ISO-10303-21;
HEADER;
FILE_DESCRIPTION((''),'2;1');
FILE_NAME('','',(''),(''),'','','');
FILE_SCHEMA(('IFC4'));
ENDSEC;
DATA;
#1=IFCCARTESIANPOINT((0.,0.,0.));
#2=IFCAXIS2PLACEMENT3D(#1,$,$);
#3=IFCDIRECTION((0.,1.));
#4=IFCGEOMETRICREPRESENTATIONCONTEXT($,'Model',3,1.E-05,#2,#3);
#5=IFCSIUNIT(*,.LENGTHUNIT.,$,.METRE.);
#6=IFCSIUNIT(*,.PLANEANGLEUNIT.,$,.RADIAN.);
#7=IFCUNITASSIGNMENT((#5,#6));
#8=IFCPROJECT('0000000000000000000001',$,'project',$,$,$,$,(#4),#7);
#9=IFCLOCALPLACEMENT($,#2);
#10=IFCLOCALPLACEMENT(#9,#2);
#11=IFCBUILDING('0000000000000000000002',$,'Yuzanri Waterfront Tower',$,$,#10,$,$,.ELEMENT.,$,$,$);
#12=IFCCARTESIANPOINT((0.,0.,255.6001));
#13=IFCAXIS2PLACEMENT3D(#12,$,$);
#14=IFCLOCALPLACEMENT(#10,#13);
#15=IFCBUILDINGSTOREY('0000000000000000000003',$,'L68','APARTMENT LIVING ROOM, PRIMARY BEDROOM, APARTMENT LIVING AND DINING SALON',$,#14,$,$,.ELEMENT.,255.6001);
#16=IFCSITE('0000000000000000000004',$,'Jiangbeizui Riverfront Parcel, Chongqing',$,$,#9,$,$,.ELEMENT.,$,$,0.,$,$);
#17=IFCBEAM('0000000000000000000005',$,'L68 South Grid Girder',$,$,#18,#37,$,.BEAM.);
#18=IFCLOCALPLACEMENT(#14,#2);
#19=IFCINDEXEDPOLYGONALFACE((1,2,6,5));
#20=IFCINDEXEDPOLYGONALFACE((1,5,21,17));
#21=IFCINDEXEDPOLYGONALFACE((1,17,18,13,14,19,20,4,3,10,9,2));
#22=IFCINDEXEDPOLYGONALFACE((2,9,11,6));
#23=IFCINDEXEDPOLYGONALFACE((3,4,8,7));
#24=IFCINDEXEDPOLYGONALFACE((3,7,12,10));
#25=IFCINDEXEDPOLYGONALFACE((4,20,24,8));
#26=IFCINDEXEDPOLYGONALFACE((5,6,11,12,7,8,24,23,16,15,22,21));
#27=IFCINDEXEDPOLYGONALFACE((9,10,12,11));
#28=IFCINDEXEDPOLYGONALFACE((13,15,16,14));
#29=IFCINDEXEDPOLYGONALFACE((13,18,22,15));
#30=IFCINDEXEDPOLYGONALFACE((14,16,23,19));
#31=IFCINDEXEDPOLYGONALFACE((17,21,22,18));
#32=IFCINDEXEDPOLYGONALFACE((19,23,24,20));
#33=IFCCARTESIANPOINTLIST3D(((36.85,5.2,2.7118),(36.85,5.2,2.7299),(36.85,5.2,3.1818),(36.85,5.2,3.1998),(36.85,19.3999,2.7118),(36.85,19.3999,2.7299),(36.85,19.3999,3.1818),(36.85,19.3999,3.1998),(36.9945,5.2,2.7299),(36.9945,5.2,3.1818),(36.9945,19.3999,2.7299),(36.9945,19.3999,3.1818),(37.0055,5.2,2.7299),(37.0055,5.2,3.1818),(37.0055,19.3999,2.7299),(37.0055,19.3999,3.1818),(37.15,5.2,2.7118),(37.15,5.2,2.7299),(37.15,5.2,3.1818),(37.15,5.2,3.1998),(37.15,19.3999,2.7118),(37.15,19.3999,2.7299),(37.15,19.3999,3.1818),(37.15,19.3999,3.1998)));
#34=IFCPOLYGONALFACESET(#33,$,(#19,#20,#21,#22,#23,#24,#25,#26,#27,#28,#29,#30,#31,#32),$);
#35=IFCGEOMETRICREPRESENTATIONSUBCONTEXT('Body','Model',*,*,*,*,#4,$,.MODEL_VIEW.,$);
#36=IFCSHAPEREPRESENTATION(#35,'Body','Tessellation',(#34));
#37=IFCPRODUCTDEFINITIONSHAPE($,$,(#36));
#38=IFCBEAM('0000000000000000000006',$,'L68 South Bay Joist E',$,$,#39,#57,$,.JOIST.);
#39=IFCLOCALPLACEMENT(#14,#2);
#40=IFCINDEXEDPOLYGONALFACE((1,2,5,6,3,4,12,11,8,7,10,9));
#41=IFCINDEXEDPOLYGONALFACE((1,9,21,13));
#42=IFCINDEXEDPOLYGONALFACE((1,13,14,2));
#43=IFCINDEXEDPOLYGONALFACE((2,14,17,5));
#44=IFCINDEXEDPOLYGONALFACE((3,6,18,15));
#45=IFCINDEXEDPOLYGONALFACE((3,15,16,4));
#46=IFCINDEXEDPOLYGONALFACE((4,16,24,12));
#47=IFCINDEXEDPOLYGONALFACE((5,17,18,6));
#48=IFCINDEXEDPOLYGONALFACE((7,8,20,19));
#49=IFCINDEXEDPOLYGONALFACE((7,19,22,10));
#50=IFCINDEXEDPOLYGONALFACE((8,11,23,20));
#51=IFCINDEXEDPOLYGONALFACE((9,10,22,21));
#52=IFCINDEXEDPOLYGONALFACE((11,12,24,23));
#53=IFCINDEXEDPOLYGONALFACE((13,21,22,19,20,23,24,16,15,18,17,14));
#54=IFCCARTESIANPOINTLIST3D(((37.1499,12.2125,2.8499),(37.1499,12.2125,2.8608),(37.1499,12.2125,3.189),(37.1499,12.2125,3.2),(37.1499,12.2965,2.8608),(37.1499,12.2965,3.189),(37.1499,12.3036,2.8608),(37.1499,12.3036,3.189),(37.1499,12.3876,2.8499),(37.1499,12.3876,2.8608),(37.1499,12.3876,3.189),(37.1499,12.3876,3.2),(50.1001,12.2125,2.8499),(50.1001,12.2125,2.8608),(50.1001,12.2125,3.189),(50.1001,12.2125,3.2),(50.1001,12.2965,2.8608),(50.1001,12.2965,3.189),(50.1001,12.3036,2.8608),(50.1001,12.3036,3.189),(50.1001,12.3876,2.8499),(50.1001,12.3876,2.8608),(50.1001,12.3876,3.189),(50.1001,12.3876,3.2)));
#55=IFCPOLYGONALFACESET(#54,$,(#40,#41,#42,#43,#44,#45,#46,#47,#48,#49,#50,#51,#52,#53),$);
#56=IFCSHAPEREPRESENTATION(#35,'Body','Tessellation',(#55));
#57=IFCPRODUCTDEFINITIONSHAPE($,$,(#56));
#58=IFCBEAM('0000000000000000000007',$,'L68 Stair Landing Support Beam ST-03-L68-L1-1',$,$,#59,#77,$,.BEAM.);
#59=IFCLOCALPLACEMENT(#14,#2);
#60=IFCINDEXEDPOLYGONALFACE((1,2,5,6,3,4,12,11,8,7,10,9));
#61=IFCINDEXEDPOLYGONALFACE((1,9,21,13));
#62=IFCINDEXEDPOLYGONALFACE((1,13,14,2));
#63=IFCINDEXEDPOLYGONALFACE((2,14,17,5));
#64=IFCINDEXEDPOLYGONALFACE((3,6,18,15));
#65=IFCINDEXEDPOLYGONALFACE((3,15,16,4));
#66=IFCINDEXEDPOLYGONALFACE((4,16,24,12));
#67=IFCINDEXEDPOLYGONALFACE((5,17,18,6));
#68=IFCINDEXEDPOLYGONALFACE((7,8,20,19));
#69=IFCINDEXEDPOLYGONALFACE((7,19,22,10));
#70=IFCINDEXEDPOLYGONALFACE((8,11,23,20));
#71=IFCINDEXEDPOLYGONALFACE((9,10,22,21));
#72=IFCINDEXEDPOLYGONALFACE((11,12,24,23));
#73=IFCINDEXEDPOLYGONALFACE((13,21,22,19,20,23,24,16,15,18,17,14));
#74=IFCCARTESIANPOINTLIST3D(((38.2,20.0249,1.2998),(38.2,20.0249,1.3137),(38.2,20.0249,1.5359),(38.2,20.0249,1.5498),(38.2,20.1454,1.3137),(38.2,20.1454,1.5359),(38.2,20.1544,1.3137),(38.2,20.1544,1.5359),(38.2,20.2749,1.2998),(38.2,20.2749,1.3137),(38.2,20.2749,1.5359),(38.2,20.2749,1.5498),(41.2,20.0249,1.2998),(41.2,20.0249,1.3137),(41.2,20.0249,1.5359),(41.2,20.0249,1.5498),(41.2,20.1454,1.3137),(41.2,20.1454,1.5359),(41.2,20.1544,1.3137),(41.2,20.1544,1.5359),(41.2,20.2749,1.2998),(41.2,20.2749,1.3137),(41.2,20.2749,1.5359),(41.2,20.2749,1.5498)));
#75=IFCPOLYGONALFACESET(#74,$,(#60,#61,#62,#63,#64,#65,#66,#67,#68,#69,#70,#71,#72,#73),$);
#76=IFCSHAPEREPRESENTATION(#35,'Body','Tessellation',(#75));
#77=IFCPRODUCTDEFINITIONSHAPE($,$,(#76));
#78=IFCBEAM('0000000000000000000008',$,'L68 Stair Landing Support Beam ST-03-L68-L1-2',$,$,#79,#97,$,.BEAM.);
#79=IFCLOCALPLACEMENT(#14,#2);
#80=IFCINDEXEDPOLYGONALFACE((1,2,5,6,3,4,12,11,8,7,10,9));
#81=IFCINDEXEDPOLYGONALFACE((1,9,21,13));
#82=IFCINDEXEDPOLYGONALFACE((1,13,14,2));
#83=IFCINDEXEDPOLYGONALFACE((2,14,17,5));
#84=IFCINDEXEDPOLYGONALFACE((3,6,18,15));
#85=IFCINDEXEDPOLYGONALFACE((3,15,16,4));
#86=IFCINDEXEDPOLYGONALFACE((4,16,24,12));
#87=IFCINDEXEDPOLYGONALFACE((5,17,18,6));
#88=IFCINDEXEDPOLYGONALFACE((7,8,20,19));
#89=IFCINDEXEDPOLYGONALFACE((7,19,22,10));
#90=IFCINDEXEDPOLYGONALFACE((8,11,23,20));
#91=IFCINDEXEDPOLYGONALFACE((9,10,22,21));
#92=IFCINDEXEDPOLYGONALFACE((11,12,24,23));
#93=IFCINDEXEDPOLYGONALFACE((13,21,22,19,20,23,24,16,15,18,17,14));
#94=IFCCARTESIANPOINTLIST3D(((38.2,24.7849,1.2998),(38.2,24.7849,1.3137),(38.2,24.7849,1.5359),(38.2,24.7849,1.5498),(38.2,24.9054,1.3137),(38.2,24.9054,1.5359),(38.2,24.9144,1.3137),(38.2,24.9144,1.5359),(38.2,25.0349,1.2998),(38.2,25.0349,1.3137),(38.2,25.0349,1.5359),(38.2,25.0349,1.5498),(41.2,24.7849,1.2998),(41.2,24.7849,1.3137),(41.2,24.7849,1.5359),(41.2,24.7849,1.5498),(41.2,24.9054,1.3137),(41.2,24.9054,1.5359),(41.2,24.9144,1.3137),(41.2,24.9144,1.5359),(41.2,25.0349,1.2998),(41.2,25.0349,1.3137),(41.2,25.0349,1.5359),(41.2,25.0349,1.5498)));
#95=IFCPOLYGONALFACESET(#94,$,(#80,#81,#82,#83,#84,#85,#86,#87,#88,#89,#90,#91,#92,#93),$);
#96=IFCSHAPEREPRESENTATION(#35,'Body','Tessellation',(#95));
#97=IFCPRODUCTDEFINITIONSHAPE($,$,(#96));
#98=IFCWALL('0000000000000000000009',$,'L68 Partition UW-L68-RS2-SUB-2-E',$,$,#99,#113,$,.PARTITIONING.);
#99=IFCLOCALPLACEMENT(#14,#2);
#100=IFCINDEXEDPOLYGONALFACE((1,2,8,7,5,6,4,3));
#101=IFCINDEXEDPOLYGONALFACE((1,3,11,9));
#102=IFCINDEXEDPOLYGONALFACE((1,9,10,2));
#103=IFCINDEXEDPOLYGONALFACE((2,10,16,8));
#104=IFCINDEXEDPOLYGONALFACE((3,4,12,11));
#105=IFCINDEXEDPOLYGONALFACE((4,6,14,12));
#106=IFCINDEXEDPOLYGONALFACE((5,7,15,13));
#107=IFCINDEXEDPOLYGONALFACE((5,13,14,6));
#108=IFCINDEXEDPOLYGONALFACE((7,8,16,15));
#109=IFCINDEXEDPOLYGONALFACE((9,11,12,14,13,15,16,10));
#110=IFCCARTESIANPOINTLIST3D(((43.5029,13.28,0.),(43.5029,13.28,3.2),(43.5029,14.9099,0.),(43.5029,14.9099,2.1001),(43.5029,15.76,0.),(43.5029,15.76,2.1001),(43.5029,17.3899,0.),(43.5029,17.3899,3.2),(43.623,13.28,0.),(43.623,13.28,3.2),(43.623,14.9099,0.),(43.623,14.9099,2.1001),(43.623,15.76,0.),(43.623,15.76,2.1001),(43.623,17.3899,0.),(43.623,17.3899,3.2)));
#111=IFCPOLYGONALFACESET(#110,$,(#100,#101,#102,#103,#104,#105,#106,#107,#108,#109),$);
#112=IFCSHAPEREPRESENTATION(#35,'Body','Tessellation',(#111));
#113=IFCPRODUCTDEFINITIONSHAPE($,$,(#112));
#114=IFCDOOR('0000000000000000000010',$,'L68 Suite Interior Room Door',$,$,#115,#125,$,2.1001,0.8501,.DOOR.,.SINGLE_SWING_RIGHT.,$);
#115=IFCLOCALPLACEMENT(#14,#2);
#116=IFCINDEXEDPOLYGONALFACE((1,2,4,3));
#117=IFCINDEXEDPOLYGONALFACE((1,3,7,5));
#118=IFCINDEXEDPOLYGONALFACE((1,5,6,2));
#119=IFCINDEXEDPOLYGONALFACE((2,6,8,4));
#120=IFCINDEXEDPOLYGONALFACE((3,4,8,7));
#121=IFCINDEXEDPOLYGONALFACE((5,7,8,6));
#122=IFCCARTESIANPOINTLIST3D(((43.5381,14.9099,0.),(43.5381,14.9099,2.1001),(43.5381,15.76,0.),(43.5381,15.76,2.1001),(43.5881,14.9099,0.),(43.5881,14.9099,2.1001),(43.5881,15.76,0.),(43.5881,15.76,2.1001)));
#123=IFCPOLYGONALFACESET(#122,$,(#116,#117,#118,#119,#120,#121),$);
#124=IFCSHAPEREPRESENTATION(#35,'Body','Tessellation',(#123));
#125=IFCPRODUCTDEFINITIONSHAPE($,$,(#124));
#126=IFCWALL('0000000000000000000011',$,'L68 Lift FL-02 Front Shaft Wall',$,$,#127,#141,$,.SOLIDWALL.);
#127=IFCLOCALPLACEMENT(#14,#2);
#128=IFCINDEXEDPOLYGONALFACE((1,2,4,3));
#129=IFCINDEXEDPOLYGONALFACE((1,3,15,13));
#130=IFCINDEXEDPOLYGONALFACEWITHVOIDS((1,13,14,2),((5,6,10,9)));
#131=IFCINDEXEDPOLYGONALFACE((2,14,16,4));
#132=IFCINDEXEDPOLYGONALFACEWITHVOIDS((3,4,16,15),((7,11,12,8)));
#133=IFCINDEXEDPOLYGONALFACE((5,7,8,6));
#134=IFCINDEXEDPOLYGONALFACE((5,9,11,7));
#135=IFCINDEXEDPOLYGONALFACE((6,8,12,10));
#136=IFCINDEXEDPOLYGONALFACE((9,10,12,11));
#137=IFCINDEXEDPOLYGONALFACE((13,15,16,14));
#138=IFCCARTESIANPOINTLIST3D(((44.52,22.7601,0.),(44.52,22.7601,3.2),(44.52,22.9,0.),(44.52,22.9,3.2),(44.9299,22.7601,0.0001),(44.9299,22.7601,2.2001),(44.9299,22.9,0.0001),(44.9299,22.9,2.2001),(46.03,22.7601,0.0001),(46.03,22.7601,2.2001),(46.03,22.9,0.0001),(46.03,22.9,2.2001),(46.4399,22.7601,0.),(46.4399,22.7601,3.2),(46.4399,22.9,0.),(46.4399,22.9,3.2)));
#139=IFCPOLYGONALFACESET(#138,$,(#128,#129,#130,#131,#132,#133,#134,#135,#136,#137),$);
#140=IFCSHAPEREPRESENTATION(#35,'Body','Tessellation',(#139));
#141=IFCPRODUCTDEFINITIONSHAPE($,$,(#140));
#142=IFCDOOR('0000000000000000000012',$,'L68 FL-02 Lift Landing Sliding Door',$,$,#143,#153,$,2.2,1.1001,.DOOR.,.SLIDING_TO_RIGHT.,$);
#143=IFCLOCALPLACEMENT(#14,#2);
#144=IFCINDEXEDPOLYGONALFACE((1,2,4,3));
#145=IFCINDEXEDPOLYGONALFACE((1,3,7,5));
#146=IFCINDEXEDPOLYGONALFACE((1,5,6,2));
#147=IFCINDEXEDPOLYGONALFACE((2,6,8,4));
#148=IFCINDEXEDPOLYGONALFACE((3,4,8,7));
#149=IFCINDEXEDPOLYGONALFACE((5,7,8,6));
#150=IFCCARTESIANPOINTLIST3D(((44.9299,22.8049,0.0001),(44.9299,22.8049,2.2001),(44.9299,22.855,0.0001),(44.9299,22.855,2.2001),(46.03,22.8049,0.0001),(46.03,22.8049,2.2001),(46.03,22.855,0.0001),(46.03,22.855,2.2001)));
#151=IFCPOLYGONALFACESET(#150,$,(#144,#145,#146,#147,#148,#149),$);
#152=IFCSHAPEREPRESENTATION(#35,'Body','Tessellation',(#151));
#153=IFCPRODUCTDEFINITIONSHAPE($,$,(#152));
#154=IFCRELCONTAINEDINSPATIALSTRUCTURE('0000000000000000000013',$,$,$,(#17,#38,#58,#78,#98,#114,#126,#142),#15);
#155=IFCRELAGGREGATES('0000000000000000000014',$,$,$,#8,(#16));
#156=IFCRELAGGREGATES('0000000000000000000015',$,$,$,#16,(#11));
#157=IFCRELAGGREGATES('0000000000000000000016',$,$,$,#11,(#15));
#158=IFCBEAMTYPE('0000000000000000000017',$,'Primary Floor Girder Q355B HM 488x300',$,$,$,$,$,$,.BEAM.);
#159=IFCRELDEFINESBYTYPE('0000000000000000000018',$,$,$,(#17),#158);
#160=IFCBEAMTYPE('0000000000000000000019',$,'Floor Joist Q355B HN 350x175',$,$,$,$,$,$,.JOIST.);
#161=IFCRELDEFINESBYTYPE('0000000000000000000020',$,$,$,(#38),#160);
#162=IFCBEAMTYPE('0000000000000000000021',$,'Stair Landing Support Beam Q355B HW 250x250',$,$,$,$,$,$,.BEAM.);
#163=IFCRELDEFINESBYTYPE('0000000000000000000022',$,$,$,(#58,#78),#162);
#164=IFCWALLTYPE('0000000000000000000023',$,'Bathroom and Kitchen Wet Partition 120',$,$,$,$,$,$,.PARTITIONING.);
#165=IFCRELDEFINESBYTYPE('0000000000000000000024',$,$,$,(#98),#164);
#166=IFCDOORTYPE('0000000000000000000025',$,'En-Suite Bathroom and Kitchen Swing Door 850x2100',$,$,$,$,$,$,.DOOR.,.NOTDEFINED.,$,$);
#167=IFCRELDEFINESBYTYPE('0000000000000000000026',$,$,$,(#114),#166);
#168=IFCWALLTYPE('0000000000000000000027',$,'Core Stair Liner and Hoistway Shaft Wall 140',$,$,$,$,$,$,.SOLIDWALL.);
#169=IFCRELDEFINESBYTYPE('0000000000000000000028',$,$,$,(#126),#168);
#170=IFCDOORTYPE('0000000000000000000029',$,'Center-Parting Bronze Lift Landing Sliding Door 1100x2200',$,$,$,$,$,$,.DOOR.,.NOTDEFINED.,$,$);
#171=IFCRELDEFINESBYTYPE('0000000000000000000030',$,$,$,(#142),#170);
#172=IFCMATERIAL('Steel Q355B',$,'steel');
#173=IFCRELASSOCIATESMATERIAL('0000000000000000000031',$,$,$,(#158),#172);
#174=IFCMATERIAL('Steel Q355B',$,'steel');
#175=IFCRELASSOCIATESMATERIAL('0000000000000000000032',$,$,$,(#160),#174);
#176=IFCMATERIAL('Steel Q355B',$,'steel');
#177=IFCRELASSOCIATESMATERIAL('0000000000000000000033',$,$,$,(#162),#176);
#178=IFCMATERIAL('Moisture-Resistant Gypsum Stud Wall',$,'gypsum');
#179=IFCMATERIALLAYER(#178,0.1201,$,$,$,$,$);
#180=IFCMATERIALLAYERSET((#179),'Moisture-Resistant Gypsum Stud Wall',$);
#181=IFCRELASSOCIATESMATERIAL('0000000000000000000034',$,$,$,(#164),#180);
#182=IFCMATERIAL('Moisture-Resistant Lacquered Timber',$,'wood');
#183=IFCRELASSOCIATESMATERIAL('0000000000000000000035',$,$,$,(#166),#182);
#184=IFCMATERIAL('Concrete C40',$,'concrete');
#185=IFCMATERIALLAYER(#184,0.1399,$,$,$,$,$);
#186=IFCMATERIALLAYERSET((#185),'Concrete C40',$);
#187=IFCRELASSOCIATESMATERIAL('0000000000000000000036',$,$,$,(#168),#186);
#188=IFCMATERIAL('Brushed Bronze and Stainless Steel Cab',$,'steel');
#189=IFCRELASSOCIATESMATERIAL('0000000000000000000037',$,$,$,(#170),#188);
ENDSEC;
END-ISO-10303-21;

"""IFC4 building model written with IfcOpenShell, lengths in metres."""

from ifc_helpers import new_model, si_unit, direction, frame, frame_2d, origin, origin_2d, place, context, subcontext, project, spatial, rectangle, i_section, extrude, source, transform, mapped, material, layer, layer_set, material_profile, profile_set, type_object, element, fill, save


model = new_model("IFC4")

# Units and contexts
model_context = context("Model", 3, precision=1e-05, world=origin(), true_north=direction((0.0, 1.0)))
body_context = subcontext(model_context, "Body", "Model", "MODEL_VIEW")
ifc_project = project(units=[si_unit("LENGTHUNIT", "METRE"), si_unit("PLANEANGLEUNIT", "RADIAN")], contexts=[model_context])

# Site, building, storey
site_placement = place(None, origin())
site = spatial("IfcSite", under=ifc_project, at=site_placement, Name="Jiangbeizui Riverfront Parcel, Chongqing", CompositionType="ELEMENT", RefElevation=0.0)
building_placement = place(site_placement, origin())
building = spatial("IfcBuilding", under=site, at=building_placement, Name="Yuzanri Waterfront Tower", CompositionType="ELEMENT")
storey_placement = place(building_placement, frame((0.0, 0.0, 255.6001)))
storey = spatial("IfcBuildingStorey", under=building, at=storey_placement, Name="L68", Description="APARTMENT LIVING ROOM, PRIMARY BEDROOM, APARTMENT LIVING AND DINING SALON", CompositionType="ELEMENT", Elevation=255.6001)

# Beams
ifc_material_1 = material(Name="Steel Q355B", Category="steel")
ifc_material_profile_1 = material_profile(ifc_material_1, i_section(OverallWidth=0.3, OverallDepth=0.488, WebThickness=0.011, FlangeThickness=0.0181, at=origin_2d()), Name="HM 488x300x11x18")
ifc_profile_set_1 = profile_set([ifc_material_profile_1], Name="Steel Q355B")
beam_type_1 = type_object("IfcBeamType", Name="Primary Floor Girder Q355B HM 488x300", PredefinedType="BEAM", material=ifc_profile_set_1)
shared_shape_1 = source(origin(), body_context, "Body", "SweptSolid", [
    extrude(i_section(OverallWidth=0.3, OverallDepth=0.488, WebThickness=0.011, FlangeThickness=0.0181, at=origin_2d()), origin(), (0.0, 0.0, 1.0), 14.2),
])
beam_1_placement = place(storey_placement, frame((37.0, 19.3999, 2.9558), z_axis=(0.0, -1.0, 0.0), x_axis=(1.0, 0.0, 0.0)))
element("IfcBeam", 1, at=beam_1_placement, inside=storey, type_object=beam_type_1, Name="L68 South Grid Girder", PredefinedType="BEAM", context=body_context, shape_type="MappedRepresentation", body=[
    mapped(shared_shape_1, transform((0.0, 0.0, 0.0), scale=1.0)),
])
ifc_material_2 = material(Name="Steel Q355B", Category="steel")
ifc_material_profile_2 = material_profile(ifc_material_2, i_section(OverallWidth=0.175, OverallDepth=0.3501, WebThickness=0.0071, FlangeThickness=0.011, at=origin_2d()), Name="HN 350x175x7x11")
ifc_profile_set_2 = profile_set([ifc_material_profile_2], Name="Steel Q355B")
beam_type_2 = type_object("IfcBeamType", Name="Floor Joist Q355B HN 350x175", PredefinedType="JOIST", material=ifc_profile_set_2)
shared_shape_2 = source(origin(), body_context, "Body", "SweptSolid", [
    extrude(i_section(OverallWidth=0.175, OverallDepth=0.3501, WebThickness=0.0071, FlangeThickness=0.011, at=origin_2d()), origin(), (0.0, 0.0, 1.0), 12.9502),
])
beam_2_placement = place(storey_placement, frame((37.1499, 12.3, 3.0249), z_axis=(1.0, 0.0, 0.0), x_axis=(0.0, 1.0, 0.0)))
element("IfcBeam", 2, at=beam_2_placement, inside=storey, type_object=beam_type_2, Name="L68 South Bay Joist E", PredefinedType="JOIST", context=body_context, shape_type="MappedRepresentation", body=[
    mapped(shared_shape_2, transform((0.0, 0.0, 0.0), scale=1.0)),
])
ifc_material_3 = material(Name="Steel Q355B", Category="steel")
ifc_material_profile_3 = material_profile(ifc_material_3, i_section(OverallWidth=0.25, OverallDepth=0.25, WebThickness=0.009, FlangeThickness=0.0139, at=origin_2d()), Name="HW 250x250x9x14")
ifc_profile_set_3 = profile_set([ifc_material_profile_3], Name="Steel Q355B")
beam_type_3 = type_object("IfcBeamType", Name="Stair Landing Support Beam Q355B HW 250x250", PredefinedType="BEAM", material=ifc_profile_set_3)
shared_shape_3 = source(origin(), body_context, "Body", "SweptSolid", [
    extrude(i_section(OverallWidth=0.25, OverallDepth=0.25, WebThickness=0.009, FlangeThickness=0.0139, at=origin_2d()), origin(), (0.0, 0.0, 1.0), 3.0),
])
for number, where, z_axis, x_axis, name in (
    (3, (38.2, 20.1499, 1.4248), (1.0, 0.0, 0.0), (0.0, 1.0, 0.0), "L68 Stair Landing Support Beam ST-03-L68-L1-1"),
    (4, (38.2, 24.9099, 1.4248), (1.0, 0.0, 0.0), (0.0, 1.0, 0.0), "L68 Stair Landing Support Beam ST-03-L68-L1-2"),
):
    element("IfcBeam", number, at=place(storey_placement, frame(where, z_axis=z_axis, x_axis=x_axis)), inside=storey, type_object=beam_type_3, Name=name, PredefinedType="BEAM", context=body_context, shape_type="MappedRepresentation", body=[
        mapped(shared_shape_3, transform((0.0, 0.0, 0.0), scale=1.0)),
    ])

# Walls, openings, doors
ifc_material_4 = material(Name="Moisture-Resistant Gypsum Stud Wall", Category="gypsum")
ifc_layer_1 = layer(ifc_material_4, 0.1201)
ifc_layer_set_1 = layer_set([ifc_layer_1], Name="Moisture-Resistant Gypsum Stud Wall")
wall_type_1 = type_object("IfcWallType", Name="Bathroom and Kitchen Wet Partition 120", PredefinedType="PARTITIONING", material=ifc_layer_set_1)
wall_1_placement = place(storey_placement, frame((43.563, 13.28, 0.0), z_axis=(0.0, 0.0, 1.0), x_axis=(0.0, 1.0, 0.0)))
wall_1 = element("IfcWall", 5, at=wall_1_placement, inside=storey, type_object=wall_type_1, Name="L68 Partition UW-L68-RS2-SUB-2-E", PredefinedType="PARTITIONING", context=body_context, shape_type="SweptSolid", body=[
    extrude(rectangle(XDim=4.1099, YDim=0.1201, at=frame_2d((2.0549, 0.0))), origin(), (0.0, 0.0, 1.0), 3.2),
])
opening_1_placement = place(wall_1_placement, frame((1.6299, 0.0, 0.0)))
opening_1 = element("IfcOpeningElement", 6, at=opening_1_placement, cuts=wall_1, PredefinedType="OPENING", context=body_context, shape_type="SweptSolid", body=[
    extrude(rectangle(XDim=0.8501, YDim=2.1001, at=frame_2d((0.425, 1.05))), frame((0.0, 0.075, 0.0), z_axis=(0.0, -1.0, 0.0), x_axis=(1.0, 0.0, 0.0)), (0.0, 0.0, 1.0), 0.1499),
])
ifc_material_5 = material(Name="Moisture-Resistant Lacquered Timber", Category="wood")
door_type_1 = type_object("IfcDoorType", Name="En-Suite Bathroom and Kitchen Swing Door 850x2100", OperationType="NOTDEFINED", PredefinedType="DOOR", material=ifc_material_5)
shared_shape_4 = source(origin(), body_context, "Body", "SweptSolid", [
    extrude(rectangle(XDim=0.8501, YDim=2.1001, at=frame_2d((0.425, 1.05))), frame((0.0, 0.0249, 0.0), z_axis=(0.0, -1.0, 0.0), x_axis=(1.0, 0.0, 0.0)), (0.0, 0.0, 1.0), 0.05),
])
door_1_placement = place(opening_1_placement, origin())
door_1 = element("IfcDoor", 7, at=door_1_placement, inside=storey, type_object=door_type_1, Name="L68 Suite Interior Room Door", OperationType="SINGLE_SWING_RIGHT", OverallHeight=2.1001, OverallWidth=0.8501, PredefinedType="DOOR", context=body_context, shape_type="MappedRepresentation", body=[
    mapped(shared_shape_4, transform((0.0, 0.0, 0.0), scale=1.0)),
])
fill(opening_1, door_1)
ifc_material_6 = material(Name="Concrete C40", Category="concrete")
ifc_layer_2 = layer(ifc_material_6, 0.1399)
ifc_layer_set_2 = layer_set([ifc_layer_2], Name="Concrete C40")
wall_type_2 = type_object("IfcWallType", Name="Core Stair Liner and Hoistway Shaft Wall 140", PredefinedType="SOLIDWALL", material=ifc_layer_set_2)
wall_2_placement = place(storey_placement, frame((44.52, 22.8301, 0.0), z_axis=(0.0, 0.0, 1.0), x_axis=(1.0, 0.0, 0.0)))
wall_2 = element("IfcWall", 8, at=wall_2_placement, inside=storey, type_object=wall_type_2, Name="L68 Lift FL-02 Front Shaft Wall", PredefinedType="SOLIDWALL", context=body_context, shape_type="SweptSolid", body=[
    extrude(rectangle(XDim=1.9199, YDim=0.1399, at=frame_2d((0.96, 0.0))), origin(), (0.0, 0.0, 1.0), 3.2),
])
opening_2_placement = place(wall_2_placement, frame((0.4099, 0.0, 0.0)))
opening_2 = element("IfcOpeningElement", 9, at=opening_2_placement, cuts=wall_2, PredefinedType="OPENING", context=body_context, shape_type="SweptSolid", body=[
    extrude(rectangle(XDim=1.1001, YDim=2.2, at=frame_2d((0.55, 1.1001))), frame((0.0, 0.085, 0.0), z_axis=(0.0, -1.0, 0.0), x_axis=(1.0, 0.0, 0.0)), (0.0, 0.0, 1.0), 0.1697),
])
ifc_material_7 = material(Name="Brushed Bronze and Stainless Steel Cab", Category="steel")
door_type_2 = type_object("IfcDoorType", Name="Center-Parting Bronze Lift Landing Sliding Door 1100x2200", OperationType="NOTDEFINED", PredefinedType="DOOR", material=ifc_material_7)
shared_shape_5 = source(origin(), body_context, "Body", "SweptSolid", [
    extrude(rectangle(XDim=1.1001, YDim=2.2, at=frame_2d((0.55, 1.1001))), frame((0.0, 0.0249, 0.0), z_axis=(0.0, -1.0, 0.0), x_axis=(1.0, 0.0, 0.0)), (0.0, 0.0, 1.0), 0.05),
])
door_2_placement = place(opening_2_placement, origin())
door_2 = element("IfcDoor", 10, at=door_2_placement, inside=storey, type_object=door_type_2, Name="L68 FL-02 Lift Landing Sliding Door", OperationType="SLIDING_TO_RIGHT", OverallHeight=2.2, OverallWidth=1.1001, PredefinedType="DOOR", context=body_context, shape_type="MappedRepresentation", body=[
    mapped(shared_shape_5, transform((0.0, 0.0, 0.0), scale=1.0)),
])
fill(opening_2, door_2)

save(model, "model.ifc")
